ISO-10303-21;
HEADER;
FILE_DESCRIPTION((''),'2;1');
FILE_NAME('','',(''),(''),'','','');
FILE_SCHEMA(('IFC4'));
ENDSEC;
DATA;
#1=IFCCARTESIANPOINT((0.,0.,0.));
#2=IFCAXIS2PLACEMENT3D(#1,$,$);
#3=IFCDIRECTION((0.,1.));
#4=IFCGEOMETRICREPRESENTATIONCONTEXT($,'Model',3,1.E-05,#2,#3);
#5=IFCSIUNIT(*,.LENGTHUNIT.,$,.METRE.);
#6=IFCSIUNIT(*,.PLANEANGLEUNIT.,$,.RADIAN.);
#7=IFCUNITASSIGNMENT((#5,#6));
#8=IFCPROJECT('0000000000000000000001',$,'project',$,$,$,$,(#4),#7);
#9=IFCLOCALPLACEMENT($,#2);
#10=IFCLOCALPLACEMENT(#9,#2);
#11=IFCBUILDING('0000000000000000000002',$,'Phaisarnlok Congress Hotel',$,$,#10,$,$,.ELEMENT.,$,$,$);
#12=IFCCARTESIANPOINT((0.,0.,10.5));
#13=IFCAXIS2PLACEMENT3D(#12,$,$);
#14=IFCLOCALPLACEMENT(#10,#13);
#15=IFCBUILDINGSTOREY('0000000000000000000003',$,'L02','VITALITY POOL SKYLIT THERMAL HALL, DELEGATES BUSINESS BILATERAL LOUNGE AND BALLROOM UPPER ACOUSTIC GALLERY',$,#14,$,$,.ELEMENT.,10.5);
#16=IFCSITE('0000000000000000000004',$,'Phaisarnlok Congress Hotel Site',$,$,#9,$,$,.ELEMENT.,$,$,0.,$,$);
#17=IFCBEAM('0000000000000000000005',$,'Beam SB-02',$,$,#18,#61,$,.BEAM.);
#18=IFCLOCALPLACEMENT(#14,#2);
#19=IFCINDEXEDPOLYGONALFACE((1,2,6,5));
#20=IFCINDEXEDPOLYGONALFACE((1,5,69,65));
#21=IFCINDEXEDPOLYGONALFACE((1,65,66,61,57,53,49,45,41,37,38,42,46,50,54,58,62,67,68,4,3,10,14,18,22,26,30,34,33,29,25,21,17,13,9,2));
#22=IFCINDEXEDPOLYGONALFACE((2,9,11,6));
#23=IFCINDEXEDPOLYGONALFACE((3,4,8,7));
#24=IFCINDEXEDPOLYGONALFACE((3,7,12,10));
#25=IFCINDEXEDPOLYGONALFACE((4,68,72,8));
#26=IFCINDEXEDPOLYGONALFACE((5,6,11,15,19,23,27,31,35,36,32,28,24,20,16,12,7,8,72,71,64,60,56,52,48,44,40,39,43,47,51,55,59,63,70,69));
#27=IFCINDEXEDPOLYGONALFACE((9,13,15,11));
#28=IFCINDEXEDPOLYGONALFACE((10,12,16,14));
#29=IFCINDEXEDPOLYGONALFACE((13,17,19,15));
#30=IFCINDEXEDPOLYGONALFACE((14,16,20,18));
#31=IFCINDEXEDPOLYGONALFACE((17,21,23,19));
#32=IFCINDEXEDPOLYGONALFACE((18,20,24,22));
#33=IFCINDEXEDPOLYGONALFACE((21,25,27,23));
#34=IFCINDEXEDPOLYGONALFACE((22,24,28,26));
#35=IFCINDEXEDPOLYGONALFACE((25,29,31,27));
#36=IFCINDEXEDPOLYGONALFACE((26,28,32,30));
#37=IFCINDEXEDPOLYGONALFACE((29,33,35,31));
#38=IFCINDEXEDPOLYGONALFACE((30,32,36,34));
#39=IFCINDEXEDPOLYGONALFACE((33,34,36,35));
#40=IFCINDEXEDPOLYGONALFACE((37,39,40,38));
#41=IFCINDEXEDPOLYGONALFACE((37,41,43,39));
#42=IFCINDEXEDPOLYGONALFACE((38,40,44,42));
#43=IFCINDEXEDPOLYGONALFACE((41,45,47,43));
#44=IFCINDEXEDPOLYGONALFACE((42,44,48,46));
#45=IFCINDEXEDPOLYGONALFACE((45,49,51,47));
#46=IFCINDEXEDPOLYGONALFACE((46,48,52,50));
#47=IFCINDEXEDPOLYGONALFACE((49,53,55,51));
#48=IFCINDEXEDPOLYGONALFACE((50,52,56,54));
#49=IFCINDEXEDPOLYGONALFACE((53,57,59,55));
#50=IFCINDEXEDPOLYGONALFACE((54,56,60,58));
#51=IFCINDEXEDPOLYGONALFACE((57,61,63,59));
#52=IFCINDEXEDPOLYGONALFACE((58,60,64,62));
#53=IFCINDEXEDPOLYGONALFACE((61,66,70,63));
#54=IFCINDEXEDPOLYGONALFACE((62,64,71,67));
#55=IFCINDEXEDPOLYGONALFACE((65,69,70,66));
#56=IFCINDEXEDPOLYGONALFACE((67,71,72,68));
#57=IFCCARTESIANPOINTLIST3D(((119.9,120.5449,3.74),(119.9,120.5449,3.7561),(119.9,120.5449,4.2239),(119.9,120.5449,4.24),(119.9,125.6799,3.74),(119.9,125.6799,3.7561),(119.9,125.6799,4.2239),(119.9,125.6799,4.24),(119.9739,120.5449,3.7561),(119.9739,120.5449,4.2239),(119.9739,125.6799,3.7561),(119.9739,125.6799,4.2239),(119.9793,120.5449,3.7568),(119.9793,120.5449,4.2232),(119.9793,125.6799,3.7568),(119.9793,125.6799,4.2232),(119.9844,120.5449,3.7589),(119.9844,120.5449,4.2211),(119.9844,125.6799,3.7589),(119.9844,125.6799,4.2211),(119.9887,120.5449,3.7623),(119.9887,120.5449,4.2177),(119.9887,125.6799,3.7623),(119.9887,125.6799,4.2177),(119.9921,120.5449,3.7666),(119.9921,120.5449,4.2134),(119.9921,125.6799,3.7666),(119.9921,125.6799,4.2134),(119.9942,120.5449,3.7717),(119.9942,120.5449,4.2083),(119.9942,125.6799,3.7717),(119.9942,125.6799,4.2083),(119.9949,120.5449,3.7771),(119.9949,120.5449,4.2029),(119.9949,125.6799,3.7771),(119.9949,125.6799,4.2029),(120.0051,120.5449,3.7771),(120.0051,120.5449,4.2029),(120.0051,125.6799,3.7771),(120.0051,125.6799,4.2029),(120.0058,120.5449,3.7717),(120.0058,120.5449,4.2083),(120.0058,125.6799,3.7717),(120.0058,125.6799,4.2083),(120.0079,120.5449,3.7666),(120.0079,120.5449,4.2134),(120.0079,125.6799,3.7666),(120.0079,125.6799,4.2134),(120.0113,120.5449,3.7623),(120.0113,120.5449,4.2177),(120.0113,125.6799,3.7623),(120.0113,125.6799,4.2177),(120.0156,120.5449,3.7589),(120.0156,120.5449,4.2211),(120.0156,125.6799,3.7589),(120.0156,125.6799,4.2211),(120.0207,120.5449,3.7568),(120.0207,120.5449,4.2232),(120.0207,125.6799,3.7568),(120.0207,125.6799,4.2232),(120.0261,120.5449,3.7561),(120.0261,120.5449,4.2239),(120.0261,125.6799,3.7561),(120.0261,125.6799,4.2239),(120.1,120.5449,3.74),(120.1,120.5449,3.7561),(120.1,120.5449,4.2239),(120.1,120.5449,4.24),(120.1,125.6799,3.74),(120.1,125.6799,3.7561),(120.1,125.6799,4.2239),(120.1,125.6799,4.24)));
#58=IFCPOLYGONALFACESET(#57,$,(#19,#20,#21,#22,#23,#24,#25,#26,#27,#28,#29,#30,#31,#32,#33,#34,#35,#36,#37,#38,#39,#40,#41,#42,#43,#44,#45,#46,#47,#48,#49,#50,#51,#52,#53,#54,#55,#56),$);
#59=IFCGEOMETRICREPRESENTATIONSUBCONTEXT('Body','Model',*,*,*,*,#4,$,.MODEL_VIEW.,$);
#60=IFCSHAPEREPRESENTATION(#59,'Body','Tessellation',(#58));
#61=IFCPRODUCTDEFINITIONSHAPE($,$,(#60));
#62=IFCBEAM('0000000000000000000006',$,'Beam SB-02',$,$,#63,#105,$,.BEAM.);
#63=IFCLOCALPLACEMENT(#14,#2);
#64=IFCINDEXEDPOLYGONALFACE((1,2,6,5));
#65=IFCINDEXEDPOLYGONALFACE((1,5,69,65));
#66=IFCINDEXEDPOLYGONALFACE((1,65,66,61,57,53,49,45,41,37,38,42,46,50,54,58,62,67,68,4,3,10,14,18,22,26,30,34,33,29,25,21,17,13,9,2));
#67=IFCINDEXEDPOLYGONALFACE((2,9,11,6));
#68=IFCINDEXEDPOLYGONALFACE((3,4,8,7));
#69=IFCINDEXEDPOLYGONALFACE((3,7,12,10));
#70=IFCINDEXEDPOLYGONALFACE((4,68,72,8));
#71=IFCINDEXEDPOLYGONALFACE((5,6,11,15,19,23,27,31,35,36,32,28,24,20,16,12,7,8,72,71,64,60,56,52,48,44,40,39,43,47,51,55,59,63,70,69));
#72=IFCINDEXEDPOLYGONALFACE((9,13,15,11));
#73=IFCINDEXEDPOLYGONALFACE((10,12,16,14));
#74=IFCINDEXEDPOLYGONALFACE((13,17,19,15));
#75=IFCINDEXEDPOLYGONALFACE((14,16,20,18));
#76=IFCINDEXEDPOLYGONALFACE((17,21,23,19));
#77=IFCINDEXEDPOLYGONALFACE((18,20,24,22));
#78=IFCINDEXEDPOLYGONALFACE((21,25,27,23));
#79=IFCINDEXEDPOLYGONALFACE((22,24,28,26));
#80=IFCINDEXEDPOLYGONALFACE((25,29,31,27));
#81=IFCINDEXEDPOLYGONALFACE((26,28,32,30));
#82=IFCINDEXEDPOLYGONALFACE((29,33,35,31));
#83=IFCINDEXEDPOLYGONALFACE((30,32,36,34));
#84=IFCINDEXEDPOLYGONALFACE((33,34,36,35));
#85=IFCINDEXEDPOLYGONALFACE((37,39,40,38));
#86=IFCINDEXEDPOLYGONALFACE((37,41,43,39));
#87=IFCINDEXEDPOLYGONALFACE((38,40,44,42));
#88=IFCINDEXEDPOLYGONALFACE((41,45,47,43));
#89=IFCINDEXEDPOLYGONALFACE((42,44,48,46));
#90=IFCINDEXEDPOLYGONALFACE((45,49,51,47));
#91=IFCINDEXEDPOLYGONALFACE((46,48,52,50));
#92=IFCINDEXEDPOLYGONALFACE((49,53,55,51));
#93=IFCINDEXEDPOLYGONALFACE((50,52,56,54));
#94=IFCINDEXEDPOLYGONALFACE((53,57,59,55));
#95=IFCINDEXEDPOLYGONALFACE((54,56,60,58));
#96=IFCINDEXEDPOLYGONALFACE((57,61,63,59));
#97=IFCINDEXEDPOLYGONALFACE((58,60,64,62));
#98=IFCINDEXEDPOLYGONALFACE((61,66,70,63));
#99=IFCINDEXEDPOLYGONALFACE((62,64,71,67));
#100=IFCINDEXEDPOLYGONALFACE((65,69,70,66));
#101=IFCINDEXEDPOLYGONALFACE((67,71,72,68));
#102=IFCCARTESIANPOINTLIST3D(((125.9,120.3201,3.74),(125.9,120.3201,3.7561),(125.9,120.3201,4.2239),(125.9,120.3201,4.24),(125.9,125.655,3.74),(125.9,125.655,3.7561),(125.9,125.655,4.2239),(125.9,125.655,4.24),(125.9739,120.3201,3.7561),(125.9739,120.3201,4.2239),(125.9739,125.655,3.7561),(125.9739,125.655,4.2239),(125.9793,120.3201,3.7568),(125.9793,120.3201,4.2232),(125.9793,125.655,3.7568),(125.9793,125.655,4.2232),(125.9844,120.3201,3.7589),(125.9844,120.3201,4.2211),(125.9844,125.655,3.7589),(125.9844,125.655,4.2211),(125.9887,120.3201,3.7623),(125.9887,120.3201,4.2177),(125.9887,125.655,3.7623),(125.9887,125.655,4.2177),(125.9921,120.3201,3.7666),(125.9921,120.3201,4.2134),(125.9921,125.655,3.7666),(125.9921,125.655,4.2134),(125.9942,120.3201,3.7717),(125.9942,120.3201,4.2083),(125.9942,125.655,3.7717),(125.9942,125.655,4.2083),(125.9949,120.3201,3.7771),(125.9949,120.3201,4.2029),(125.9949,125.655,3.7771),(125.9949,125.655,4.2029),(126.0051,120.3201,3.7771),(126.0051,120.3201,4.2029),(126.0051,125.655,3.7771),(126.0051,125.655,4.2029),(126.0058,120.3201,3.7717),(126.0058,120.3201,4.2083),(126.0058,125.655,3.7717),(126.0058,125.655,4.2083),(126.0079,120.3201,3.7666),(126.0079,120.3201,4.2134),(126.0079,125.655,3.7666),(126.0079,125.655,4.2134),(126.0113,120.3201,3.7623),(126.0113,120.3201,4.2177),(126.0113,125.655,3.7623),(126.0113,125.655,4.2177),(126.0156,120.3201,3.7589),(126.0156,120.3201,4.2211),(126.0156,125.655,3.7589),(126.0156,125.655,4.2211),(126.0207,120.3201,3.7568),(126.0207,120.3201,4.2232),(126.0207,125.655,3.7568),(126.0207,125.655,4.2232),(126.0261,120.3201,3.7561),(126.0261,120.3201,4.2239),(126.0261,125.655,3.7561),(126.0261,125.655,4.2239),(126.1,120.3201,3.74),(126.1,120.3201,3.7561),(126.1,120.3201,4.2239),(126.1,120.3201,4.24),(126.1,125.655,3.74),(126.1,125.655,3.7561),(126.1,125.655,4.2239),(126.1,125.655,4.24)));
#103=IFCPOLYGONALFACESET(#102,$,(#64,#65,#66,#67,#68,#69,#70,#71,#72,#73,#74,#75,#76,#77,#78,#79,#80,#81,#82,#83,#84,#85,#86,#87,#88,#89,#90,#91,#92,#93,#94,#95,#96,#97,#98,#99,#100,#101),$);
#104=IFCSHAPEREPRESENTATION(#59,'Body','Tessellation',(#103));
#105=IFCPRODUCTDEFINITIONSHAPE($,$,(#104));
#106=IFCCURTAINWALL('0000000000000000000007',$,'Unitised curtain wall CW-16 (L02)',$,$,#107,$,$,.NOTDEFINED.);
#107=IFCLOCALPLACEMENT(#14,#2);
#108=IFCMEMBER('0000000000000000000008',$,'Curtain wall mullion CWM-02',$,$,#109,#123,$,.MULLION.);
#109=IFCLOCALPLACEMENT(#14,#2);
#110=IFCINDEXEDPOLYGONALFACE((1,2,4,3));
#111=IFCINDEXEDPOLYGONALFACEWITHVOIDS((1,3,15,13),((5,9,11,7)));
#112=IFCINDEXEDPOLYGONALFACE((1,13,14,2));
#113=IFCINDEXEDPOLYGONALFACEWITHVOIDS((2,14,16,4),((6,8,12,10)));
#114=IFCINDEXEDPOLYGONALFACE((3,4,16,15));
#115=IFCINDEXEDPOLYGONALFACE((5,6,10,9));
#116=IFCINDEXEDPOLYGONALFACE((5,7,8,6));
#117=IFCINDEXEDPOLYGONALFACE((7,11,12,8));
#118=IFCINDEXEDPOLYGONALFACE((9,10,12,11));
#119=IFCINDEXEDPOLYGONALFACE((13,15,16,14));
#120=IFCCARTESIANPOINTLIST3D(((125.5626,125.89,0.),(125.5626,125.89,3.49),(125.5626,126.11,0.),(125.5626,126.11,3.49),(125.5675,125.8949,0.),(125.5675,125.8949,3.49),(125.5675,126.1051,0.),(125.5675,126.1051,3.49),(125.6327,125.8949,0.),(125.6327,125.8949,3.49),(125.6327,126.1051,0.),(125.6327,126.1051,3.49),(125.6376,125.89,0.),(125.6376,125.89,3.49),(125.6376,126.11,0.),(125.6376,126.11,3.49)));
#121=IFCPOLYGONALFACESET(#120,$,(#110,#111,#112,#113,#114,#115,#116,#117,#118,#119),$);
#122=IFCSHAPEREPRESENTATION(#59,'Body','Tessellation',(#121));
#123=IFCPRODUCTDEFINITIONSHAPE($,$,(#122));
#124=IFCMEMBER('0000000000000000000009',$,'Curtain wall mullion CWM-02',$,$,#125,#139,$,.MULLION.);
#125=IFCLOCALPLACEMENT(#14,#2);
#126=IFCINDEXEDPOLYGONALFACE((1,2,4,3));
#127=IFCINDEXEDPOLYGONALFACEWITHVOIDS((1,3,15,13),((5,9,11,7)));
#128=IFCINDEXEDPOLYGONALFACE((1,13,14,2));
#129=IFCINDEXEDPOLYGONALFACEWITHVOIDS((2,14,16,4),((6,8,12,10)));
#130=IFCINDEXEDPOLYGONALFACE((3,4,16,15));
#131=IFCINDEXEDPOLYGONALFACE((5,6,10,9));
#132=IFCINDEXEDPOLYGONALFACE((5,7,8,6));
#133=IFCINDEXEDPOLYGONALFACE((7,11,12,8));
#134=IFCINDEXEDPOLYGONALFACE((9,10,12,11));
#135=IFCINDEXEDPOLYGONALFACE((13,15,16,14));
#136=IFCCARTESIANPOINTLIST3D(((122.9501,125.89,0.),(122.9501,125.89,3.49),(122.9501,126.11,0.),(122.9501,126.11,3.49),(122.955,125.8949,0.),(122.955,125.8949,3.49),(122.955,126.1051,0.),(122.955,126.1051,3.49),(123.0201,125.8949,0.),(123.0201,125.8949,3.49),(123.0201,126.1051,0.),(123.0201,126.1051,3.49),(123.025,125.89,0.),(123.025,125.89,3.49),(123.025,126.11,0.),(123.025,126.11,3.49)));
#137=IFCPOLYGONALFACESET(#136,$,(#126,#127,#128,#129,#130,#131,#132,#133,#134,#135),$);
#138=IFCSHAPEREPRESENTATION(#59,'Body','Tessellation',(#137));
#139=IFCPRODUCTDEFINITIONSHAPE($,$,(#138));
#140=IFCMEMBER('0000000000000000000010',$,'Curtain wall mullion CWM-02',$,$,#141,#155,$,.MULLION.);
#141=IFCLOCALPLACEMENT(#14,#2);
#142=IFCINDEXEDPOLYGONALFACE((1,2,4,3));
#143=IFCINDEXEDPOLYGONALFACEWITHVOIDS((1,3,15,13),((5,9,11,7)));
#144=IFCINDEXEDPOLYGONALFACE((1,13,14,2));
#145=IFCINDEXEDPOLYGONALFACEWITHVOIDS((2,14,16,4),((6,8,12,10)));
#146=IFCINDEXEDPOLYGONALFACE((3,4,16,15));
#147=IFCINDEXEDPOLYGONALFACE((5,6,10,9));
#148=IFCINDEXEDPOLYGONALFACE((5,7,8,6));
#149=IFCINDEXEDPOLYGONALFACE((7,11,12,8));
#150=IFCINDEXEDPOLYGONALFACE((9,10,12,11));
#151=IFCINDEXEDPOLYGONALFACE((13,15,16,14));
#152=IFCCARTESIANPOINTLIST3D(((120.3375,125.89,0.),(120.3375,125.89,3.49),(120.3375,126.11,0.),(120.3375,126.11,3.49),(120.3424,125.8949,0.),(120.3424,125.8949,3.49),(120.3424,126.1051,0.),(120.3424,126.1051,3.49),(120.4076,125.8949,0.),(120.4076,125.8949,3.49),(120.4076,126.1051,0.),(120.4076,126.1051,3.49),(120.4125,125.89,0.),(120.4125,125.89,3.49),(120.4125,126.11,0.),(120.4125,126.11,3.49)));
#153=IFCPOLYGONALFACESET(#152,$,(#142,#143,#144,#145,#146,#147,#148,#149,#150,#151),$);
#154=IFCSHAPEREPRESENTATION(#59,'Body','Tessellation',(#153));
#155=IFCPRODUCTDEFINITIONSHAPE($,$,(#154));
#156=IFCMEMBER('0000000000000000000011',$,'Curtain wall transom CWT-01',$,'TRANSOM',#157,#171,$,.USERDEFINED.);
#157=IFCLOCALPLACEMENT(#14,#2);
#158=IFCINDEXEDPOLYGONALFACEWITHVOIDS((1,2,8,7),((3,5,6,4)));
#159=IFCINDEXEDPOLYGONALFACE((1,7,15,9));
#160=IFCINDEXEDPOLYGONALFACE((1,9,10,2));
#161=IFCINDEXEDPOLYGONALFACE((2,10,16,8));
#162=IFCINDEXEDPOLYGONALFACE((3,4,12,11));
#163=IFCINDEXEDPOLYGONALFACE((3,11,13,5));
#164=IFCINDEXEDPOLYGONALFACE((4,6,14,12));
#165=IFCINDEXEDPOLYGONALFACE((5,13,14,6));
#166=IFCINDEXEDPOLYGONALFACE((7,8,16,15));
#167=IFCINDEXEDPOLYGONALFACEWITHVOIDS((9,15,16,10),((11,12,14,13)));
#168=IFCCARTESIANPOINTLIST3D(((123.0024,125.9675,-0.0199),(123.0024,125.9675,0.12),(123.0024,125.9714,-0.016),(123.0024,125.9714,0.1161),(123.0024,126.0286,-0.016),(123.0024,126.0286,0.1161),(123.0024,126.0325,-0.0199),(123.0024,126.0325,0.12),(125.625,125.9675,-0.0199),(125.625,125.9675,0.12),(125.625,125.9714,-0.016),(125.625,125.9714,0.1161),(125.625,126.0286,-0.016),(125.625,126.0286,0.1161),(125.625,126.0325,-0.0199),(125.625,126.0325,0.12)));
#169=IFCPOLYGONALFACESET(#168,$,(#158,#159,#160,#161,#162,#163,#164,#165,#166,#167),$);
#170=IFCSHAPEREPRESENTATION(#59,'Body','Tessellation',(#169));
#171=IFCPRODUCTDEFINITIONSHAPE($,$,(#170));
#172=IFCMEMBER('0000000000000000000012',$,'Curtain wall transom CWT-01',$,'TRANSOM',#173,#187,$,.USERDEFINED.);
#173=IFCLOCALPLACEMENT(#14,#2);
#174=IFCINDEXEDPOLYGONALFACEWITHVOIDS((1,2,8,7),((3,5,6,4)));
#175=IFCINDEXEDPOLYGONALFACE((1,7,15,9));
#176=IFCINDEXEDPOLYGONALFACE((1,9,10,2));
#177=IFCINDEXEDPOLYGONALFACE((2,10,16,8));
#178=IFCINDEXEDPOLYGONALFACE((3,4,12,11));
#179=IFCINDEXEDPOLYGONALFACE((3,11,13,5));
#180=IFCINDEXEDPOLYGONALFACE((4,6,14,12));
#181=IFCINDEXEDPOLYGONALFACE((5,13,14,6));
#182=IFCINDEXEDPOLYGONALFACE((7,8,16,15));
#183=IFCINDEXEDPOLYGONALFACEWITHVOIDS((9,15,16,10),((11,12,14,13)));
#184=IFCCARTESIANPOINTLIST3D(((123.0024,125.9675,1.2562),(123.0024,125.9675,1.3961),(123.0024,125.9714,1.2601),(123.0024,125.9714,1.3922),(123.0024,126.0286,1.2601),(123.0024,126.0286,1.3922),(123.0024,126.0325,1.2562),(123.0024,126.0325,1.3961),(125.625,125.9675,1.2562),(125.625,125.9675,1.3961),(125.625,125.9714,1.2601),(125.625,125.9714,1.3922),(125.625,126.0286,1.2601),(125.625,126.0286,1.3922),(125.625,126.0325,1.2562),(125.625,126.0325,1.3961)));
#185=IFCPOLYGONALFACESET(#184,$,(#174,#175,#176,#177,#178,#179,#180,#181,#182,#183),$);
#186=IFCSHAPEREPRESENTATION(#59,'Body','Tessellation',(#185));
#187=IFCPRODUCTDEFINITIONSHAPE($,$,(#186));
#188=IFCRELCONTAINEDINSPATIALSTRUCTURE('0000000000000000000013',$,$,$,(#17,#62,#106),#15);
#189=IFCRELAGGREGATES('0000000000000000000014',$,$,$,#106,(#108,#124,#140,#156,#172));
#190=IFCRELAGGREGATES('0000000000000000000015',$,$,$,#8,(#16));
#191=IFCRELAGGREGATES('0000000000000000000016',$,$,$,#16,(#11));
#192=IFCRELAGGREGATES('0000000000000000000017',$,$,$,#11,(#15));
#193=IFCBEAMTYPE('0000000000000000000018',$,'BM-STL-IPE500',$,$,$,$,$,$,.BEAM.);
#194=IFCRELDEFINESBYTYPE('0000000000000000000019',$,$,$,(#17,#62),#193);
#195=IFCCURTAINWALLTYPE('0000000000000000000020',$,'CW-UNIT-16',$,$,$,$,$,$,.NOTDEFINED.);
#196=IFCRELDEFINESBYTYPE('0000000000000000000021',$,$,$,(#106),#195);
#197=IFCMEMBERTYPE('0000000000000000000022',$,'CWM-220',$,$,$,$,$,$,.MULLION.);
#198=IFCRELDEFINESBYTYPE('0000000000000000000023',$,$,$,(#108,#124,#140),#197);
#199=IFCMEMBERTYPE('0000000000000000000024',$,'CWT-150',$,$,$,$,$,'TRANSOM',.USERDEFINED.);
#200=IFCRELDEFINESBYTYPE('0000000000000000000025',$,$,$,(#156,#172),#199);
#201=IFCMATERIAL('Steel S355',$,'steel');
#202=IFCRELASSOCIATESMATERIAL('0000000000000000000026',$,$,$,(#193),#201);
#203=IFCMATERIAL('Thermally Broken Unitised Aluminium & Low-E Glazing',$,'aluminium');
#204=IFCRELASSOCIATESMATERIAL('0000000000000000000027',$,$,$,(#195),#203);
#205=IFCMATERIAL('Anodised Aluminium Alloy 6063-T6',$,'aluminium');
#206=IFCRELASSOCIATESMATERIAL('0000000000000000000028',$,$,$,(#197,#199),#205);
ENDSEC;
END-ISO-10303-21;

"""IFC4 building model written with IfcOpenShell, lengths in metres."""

from ifc_helpers import new_model, si_unit, direction, frame, origin, origin_2d, place, context, subcontext, project, spatial, hollow_rectangle, i_section, extrude, material, material_profile, profile_set, type_object, element, aggregate, save


model = new_model("IFC4")

# Units and contexts
model_context = context("Model", 3, precision=1e-05, world=origin(), true_north=direction((0.0, 1.0)))
body_context = subcontext(model_context, "Body", "Model", "MODEL_VIEW")
ifc_project = project(units=[si_unit("LENGTHUNIT", "METRE"), si_unit("PLANEANGLEUNIT", "RADIAN")], contexts=[model_context])

# Site, building, storey
site_placement = place(None, origin())
site = spatial("IfcSite", under=ifc_project, at=site_placement, Name="Phaisarnlok Congress Hotel Site", CompositionType="ELEMENT", RefElevation=0.0)
building_placement = place(site_placement, origin())
building = spatial("IfcBuilding", under=site, at=building_placement, Name="Phaisarnlok Congress Hotel", CompositionType="ELEMENT")
storey_placement = place(building_placement, frame((0.0, 0.0, 10.5)))
storey = spatial("IfcBuildingStorey", under=building, at=storey_placement, Name="L02", Description="VITALITY POOL SKYLIT THERMAL HALL, DELEGATES BUSINESS BILATERAL LOUNGE AND BALLROOM UPPER ACOUSTIC GALLERY", CompositionType="ELEMENT", Elevation=10.5)

# Beams
ifc_material_1 = material(Name="Steel S355", Category="steel")
ifc_material_profile_1 = material_profile(ifc_material_1, i_section(OverallWidth=0.2, OverallDepth=0.5, WebThickness=0.0103, FlangeThickness=0.0161, FilletRadius=0.021, at=origin_2d()), Name="IPE 500")
ifc_profile_set_1 = profile_set([ifc_material_profile_1], Name="Steel S355")
beam_type_1 = type_object("IfcBeamType", Name="BM-STL-IPE500", PredefinedType="BEAM", material=ifc_profile_set_1)
beam_1_placement = place(storey_placement, frame((120.0, 120.5449, 3.99), z_axis=(0.0, 1.0, 0.0), x_axis=(-1.0, 0.0, 0.0)))
element("IfcBeam", 1, at=beam_1_placement, inside=storey, type_object=beam_type_1, Name="Beam SB-02", PredefinedType="BEAM", context=body_context, shape_type="SweptSolid", body=[
    extrude(i_section(OverallWidth=0.2, OverallDepth=0.5, WebThickness=0.0103, FlangeThickness=0.0161, FilletRadius=0.021, at=origin_2d()), origin(), (0.0, 0.0, 1.0), 5.135),
])
beam_2_placement = place(storey_placement, frame((126.0, 120.3201, 3.99), z_axis=(0.0, 1.0, 0.0), x_axis=(-1.0, 0.0, 0.0)))
element("IfcBeam", 2, at=beam_2_placement, inside=storey, type_object=beam_type_1, Name="Beam SB-02", PredefinedType="BEAM", context=body_context, shape_type="SweptSolid", body=[
    extrude(i_section(OverallWidth=0.2, OverallDepth=0.5, WebThickness=0.0103, FlangeThickness=0.0161, FilletRadius=0.021, at=origin_2d()), origin(), (0.0, 0.0, 1.0), 5.335),
])

# Curtain wall, members
ifc_material_2 = material(Name="Thermally Broken Unitised Aluminium & Low-E Glazing", Category="aluminium")
curtain_wall_type = type_object("IfcCurtainWallType", Name="CW-UNIT-16", PredefinedType="NOTDEFINED", material=ifc_material_2)
curtain_wall_placement = place(storey_placement, origin())
curtain_wall = element("IfcCurtainWall", 3, at=curtain_wall_placement, inside=storey, type_object=curtain_wall_type, Name="Unitised curtain wall CW-16 (L02)", PredefinedType="NOTDEFINED")
ifc_material_3 = material(Name="Anodised Aluminium Alloy 6063-T6", Category="aluminium")
ifc_material_profile_2 = material_profile(ifc_material_3, hollow_rectangle(XDim=0.075, YDim=0.22, WallThickness=0.0049, at=origin_2d()), Name="ALU-M 75x220x5")
ifc_profile_set_2 = profile_set([ifc_material_profile_2], Name="Anodised Aluminium Alloy 6063-T6")
member_type_1 = type_object("IfcMemberType", Name="CWM-220", PredefinedType="MULLION", material=ifc_profile_set_2)
member_1_placement = place(storey_placement, frame((125.6001, 126.0, 0.0), z_axis=(0.0, 0.0, 1.0), x_axis=(-1.0, 0.0, 0.0)))
member_1 = element("IfcMember", 4, at=member_1_placement, type_object=member_type_1, Name="Curtain wall mullion CWM-02", PredefinedType="MULLION", context=body_context, shape_type="SweptSolid", body=[
    extrude(hollow_rectangle(XDim=0.075, YDim=0.22, WallThickness=0.0049, at=origin_2d()), origin(), (0.0, 0.0, 1.0), 3.49),
])
member_2_placement = place(storey_placement, frame((122.9875, 126.0, 0.0), z_axis=(0.0, 0.0, 1.0), x_axis=(-1.0, 0.0, 0.0)))
member_2 = element("IfcMember", 5, at=member_2_placement, type_object=member_type_1, Name="Curtain wall mullion CWM-02", PredefinedType="MULLION", context=body_context, shape_type="SweptSolid", body=[
    extrude(hollow_rectangle(XDim=0.075, YDim=0.22, WallThickness=0.0049, at=origin_2d()), origin(), (0.0, 0.0, 1.0), 3.49),
])
member_3_placement = place(storey_placement, frame((120.375, 126.0, 0.0), z_axis=(0.0, 0.0, 1.0), x_axis=(-1.0, 0.0, 0.0)))
member_3 = element("IfcMember", 6, at=member_3_placement, type_object=member_type_1, Name="Curtain wall mullion CWM-02", PredefinedType="MULLION", context=body_context, shape_type="SweptSolid", body=[
    extrude(hollow_rectangle(XDim=0.075, YDim=0.22, WallThickness=0.0049, at=origin_2d()), origin(), (0.0, 0.0, 1.0), 3.49),
])
ifc_material_profile_3 = material_profile(ifc_material_3, hollow_rectangle(XDim=0.0649, YDim=0.1399, WallThickness=0.0039, at=origin_2d()), Name="ALU-T 65x140x4")
ifc_profile_set_3 = profile_set([ifc_material_profile_3], Name="Anodised Aluminium Alloy 6063-T6")
member_type_2 = type_object("IfcMemberType", Name="CWT-150", ElementType="TRANSOM", PredefinedType="USERDEFINED", material=ifc_profile_set_3)
member_4_placement = place(storey_placement, frame((125.625, 126.0, 0.05), z_axis=(-1.0, 0.0, 0.0), x_axis=(0.0, -1.0, 0.0)))
member_4 = element("IfcMember", 7, at=member_4_placement, type_object=member_type_2, Name="Curtain wall transom CWT-01", ObjectType="TRANSOM", PredefinedType="USERDEFINED", context=body_context, shape_type="SweptSolid", body=[
    extrude(hollow_rectangle(XDim=0.0649, YDim=0.1399, WallThickness=0.0039, at=origin_2d()), origin(), (0.0, 0.0, 1.0), 2.6226),
])
member_5_placement = place(storey_placement, frame((125.625, 126.0, 1.3262), z_axis=(-1.0, 0.0, 0.0), x_axis=(0.0, -1.0, 0.0)))
member_5 = element("IfcMember", 8, at=member_5_placement, type_object=member_type_2, Name="Curtain wall transom CWT-01", ObjectType="TRANSOM", PredefinedType="USERDEFINED", context=body_context, shape_type="SweptSolid", body=[
    extrude(hollow_rectangle(XDim=0.0649, YDim=0.1399, WallThickness=0.0039, at=origin_2d()), origin(), (0.0, 0.0, 1.0), 2.6226),
])

aggregate(curtain_wall, [member_1, member_2, member_3, member_4, member_5])

save(model, "model.ifc")
